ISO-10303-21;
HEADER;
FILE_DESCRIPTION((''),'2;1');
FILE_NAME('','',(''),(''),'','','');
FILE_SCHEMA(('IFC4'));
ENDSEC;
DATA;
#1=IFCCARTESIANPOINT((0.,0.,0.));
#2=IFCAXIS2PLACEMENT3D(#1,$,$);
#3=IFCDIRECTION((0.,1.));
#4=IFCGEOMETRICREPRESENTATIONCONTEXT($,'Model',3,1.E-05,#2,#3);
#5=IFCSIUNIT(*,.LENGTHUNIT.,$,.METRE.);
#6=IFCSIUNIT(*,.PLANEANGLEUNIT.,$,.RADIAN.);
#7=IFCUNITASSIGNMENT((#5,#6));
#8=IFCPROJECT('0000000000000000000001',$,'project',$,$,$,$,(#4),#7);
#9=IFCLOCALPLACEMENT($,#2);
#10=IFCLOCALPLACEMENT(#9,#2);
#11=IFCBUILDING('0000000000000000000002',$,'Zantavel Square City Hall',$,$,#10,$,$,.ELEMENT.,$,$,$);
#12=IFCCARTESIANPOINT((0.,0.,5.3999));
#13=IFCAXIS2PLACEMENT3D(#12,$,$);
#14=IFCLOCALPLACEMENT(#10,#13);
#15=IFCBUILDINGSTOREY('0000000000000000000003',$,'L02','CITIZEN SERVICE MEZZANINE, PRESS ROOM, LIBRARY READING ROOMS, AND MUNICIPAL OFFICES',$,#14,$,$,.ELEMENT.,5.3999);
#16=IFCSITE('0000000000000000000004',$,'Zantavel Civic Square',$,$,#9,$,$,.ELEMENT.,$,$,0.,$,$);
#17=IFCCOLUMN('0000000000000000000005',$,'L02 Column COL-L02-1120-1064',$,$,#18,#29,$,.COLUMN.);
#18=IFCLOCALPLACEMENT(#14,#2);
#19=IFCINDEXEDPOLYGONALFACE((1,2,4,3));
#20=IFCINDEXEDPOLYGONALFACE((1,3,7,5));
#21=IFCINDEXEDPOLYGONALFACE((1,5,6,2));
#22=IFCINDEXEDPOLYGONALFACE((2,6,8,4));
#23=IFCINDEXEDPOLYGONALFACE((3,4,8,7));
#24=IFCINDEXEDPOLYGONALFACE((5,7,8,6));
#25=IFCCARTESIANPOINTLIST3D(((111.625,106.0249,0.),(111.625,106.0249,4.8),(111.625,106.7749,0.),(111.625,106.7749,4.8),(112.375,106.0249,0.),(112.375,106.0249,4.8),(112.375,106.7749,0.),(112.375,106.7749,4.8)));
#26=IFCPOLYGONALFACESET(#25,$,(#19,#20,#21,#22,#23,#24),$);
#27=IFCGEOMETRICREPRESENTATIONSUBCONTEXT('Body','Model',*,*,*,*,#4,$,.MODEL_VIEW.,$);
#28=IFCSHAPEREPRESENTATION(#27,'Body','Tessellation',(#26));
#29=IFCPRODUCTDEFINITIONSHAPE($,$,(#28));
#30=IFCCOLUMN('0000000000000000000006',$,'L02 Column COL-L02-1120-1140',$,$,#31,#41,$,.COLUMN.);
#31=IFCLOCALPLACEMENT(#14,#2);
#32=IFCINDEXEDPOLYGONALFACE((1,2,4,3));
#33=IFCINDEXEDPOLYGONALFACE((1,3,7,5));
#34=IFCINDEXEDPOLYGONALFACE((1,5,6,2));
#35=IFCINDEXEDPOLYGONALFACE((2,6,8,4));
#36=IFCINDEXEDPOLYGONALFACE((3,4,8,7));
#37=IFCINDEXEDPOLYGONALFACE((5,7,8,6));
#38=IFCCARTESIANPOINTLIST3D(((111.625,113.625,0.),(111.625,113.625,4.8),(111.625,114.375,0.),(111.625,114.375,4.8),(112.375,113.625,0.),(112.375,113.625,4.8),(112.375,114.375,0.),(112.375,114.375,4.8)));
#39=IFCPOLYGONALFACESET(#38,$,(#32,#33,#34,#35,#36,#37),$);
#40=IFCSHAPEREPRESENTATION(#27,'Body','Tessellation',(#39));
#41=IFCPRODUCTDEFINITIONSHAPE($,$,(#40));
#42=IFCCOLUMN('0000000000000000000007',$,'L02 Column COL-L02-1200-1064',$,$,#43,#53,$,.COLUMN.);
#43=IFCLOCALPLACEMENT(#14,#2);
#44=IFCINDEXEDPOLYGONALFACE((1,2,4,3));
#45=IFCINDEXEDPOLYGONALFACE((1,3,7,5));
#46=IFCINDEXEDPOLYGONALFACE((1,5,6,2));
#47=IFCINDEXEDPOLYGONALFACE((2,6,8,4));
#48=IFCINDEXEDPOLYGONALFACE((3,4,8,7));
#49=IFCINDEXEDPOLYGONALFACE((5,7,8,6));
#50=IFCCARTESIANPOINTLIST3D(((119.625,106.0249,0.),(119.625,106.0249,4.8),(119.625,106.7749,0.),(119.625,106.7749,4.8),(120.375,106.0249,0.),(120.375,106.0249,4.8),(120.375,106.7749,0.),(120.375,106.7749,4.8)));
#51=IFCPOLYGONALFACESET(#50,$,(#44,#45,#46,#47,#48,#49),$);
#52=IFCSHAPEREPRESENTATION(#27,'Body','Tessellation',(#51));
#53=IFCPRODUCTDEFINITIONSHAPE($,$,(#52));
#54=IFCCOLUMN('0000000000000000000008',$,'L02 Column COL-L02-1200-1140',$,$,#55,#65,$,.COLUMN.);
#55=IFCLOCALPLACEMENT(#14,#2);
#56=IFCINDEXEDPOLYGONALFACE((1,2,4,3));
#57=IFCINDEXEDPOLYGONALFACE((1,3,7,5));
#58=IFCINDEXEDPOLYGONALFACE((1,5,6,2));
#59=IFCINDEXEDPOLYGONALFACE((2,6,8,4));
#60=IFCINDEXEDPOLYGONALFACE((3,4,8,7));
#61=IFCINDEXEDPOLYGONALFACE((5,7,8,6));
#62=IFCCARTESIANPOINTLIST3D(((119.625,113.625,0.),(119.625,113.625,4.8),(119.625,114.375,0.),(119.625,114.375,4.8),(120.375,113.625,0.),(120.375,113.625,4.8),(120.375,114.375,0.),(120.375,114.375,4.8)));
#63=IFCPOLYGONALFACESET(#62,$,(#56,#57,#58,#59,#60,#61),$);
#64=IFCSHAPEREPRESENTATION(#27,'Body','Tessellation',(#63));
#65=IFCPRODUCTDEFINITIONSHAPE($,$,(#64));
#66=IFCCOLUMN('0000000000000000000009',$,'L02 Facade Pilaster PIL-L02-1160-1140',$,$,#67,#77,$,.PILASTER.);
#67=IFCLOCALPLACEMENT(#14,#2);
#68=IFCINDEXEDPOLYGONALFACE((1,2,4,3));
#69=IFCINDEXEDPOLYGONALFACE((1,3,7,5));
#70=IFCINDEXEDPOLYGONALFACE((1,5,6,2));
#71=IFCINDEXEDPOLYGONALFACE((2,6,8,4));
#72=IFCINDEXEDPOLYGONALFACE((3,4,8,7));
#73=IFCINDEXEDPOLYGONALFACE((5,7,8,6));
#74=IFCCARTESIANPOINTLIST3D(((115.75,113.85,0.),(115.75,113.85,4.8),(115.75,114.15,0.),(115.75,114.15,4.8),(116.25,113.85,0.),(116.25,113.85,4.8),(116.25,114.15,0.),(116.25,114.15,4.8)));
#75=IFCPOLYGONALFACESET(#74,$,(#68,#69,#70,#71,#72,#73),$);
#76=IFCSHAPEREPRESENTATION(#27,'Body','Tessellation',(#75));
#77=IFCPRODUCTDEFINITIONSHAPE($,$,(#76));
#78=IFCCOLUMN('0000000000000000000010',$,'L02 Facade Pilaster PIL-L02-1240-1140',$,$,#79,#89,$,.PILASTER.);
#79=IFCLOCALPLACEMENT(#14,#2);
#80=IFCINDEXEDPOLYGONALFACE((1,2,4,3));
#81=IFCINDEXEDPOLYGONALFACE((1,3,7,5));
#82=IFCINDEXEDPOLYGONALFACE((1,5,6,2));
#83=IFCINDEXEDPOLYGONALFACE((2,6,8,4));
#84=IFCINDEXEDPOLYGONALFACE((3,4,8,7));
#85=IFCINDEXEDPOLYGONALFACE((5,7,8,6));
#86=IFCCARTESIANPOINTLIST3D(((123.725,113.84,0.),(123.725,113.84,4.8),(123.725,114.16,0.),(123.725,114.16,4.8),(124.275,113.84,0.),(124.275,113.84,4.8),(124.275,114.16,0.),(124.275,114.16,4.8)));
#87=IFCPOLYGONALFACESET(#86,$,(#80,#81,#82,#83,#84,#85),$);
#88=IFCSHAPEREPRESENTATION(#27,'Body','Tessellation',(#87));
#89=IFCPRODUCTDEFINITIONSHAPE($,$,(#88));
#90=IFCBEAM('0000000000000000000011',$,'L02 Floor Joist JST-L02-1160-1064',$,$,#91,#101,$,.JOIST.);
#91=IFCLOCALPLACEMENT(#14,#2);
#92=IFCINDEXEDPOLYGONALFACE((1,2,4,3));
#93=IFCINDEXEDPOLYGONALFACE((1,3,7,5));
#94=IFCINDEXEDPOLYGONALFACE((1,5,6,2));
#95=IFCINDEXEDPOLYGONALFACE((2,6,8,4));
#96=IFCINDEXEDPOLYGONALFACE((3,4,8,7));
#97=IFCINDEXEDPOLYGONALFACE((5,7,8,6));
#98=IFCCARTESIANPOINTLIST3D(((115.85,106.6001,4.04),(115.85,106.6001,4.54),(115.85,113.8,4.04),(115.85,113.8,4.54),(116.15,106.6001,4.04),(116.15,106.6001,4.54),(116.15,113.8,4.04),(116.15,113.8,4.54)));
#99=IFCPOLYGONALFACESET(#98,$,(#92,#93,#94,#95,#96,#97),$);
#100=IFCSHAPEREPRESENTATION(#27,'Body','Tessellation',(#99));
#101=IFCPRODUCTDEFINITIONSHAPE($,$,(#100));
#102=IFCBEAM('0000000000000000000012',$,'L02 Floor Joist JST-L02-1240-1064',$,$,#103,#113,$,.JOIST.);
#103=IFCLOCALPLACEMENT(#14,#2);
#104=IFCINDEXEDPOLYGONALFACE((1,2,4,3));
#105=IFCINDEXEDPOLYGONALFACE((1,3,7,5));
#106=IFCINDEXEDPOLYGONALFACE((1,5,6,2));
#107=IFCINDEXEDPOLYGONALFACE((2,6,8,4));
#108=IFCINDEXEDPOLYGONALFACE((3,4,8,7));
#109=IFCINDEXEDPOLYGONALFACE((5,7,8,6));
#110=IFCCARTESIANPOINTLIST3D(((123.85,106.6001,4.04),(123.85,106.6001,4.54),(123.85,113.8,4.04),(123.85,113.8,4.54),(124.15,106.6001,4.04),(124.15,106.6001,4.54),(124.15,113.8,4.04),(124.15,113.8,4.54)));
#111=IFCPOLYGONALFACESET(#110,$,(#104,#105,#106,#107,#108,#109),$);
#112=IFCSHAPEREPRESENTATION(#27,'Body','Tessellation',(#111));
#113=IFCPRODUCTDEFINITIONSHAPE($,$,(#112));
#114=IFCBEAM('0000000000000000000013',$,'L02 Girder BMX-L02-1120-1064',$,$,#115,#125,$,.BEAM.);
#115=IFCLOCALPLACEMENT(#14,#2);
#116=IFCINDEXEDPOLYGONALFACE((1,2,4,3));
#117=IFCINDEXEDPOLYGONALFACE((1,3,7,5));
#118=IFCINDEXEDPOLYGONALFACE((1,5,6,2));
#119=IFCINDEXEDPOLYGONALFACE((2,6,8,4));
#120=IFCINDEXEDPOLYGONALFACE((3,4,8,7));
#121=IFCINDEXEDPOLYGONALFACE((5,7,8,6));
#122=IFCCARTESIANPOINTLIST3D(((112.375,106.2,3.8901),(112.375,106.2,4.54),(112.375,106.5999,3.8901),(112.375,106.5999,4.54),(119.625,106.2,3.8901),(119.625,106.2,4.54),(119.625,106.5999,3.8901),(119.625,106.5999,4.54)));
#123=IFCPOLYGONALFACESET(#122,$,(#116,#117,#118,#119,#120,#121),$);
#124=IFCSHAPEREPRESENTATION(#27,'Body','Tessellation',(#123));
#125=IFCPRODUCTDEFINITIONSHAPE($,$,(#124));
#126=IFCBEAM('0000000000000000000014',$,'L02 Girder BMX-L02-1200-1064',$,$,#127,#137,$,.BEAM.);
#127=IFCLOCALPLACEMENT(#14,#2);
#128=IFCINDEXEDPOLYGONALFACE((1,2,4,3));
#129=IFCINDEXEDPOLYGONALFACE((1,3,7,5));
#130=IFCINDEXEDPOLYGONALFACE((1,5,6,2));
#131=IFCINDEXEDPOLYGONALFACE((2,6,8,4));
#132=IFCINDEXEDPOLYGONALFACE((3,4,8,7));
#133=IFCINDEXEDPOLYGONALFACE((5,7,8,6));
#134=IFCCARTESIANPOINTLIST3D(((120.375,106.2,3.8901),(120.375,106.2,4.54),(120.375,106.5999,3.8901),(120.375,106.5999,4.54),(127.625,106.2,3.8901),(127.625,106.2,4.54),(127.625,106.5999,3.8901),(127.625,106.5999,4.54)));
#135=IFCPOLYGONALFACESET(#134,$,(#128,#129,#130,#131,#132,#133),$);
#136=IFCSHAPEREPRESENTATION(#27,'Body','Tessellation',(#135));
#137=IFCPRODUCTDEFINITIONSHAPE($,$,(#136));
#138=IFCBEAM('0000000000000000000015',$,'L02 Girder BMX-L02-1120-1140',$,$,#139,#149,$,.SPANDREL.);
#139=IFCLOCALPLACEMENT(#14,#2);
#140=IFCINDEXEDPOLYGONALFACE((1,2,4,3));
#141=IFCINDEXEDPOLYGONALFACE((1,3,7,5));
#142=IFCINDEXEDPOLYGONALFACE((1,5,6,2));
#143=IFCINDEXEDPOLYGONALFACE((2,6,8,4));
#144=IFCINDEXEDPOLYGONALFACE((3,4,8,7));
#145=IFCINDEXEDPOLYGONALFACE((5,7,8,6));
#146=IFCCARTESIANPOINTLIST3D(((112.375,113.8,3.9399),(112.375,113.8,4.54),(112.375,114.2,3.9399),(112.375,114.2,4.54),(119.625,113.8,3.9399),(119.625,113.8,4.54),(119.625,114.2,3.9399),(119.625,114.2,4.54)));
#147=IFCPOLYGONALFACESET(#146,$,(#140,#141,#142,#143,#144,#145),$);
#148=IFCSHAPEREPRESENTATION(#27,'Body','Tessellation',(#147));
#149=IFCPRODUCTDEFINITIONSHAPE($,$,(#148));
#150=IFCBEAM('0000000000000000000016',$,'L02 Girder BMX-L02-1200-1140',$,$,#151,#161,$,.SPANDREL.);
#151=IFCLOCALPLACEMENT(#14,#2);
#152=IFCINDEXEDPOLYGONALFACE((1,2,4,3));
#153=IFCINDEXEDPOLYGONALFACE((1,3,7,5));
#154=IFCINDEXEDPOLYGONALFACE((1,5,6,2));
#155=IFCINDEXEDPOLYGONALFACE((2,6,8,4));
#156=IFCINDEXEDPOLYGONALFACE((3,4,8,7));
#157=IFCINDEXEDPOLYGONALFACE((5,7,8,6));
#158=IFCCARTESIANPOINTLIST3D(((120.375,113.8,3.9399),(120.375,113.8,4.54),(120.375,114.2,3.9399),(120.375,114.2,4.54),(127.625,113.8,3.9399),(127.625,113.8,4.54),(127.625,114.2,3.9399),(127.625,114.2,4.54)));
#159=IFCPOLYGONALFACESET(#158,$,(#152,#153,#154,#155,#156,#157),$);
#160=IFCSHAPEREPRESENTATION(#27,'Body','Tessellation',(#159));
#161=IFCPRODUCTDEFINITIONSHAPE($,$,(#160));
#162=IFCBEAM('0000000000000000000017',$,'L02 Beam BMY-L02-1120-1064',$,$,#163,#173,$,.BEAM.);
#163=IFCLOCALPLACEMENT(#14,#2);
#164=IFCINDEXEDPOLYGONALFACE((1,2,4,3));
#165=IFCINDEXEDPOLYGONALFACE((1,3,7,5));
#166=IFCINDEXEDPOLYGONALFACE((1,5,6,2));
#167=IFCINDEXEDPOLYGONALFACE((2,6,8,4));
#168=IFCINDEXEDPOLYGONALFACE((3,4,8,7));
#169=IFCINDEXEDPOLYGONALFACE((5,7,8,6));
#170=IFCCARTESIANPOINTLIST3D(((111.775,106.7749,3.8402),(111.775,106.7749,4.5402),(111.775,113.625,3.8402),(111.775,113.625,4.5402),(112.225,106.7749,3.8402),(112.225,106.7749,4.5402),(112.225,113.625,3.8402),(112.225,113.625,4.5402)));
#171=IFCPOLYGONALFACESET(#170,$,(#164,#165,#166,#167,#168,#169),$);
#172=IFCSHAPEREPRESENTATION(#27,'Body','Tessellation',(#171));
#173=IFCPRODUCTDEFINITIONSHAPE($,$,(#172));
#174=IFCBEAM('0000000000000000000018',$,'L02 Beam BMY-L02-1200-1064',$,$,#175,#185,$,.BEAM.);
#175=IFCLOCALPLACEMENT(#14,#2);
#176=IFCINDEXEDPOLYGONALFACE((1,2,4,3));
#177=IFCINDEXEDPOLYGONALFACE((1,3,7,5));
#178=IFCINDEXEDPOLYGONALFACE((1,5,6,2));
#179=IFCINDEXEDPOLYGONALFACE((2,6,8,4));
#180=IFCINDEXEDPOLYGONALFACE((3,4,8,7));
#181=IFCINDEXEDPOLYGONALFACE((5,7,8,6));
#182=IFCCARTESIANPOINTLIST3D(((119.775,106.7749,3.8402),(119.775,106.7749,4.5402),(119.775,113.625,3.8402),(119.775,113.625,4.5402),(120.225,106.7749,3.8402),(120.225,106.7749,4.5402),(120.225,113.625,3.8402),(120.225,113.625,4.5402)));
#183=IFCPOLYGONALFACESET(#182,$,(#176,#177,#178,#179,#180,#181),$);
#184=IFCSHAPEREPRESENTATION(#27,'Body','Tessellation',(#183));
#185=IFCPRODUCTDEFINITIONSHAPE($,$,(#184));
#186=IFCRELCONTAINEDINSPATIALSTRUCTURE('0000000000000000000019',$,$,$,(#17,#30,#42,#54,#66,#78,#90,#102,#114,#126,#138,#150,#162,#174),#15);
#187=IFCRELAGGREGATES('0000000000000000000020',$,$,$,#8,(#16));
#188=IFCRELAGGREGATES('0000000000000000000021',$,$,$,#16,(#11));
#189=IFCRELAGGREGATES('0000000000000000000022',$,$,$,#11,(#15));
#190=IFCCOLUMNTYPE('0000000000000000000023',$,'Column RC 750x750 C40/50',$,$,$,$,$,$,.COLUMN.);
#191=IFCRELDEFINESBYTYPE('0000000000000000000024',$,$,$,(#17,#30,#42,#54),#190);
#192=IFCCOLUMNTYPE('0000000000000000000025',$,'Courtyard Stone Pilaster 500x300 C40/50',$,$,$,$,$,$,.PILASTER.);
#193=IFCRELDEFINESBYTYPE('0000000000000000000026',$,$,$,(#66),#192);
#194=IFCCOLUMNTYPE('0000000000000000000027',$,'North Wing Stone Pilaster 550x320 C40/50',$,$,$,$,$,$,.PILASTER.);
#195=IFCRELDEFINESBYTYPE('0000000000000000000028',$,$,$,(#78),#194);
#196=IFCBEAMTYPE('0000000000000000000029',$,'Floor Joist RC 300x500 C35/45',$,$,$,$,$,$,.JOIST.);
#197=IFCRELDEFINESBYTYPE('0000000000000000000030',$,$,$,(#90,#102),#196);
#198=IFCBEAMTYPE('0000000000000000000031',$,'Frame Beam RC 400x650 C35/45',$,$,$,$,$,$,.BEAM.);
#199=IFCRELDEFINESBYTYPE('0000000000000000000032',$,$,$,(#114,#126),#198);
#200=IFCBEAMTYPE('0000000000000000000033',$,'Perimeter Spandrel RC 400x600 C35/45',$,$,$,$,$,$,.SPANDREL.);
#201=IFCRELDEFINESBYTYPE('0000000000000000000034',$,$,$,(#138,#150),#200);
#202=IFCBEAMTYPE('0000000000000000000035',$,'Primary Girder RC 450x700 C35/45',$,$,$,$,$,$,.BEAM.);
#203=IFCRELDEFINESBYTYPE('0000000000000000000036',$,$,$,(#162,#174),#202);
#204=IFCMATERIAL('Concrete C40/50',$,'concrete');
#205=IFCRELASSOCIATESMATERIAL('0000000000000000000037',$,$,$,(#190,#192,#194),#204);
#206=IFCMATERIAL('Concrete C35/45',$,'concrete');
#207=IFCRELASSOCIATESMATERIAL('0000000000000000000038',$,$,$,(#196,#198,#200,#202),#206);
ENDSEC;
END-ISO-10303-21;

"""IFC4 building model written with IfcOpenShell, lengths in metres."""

from ifc_helpers import new_model, si_unit, direction, frame, origin, origin_2d, place, context, subcontext, project, spatial, rectangle, extrude, material, material_profile, profile_set, type_object, element, save


model = new_model("IFC4")

# Units and contexts
model_context = context("Model", 3, precision=1e-05, world=origin(), true_north=direction((0.0, 1.0)))
body_context = subcontext(model_context, "Body", "Model", "MODEL_VIEW")
ifc_project = project(units=[si_unit("LENGTHUNIT", "METRE"), si_unit("PLANEANGLEUNIT", "RADIAN")], contexts=[model_context])

# Site, building, storey
site_placement = place(None, origin())
site = spatial("IfcSite", under=ifc_project, at=site_placement, Name="Zantavel Civic Square", CompositionType="ELEMENT", RefElevation=0.0)
building_placement = place(site_placement, origin())
building = spatial("IfcBuilding", under=site, at=building_placement, Name="Zantavel Square City Hall", CompositionType="ELEMENT")
storey_placement = place(building_placement, frame((0.0, 0.0, 5.3999)))
storey = spatial("IfcBuildingStorey", under=building, at=storey_placement, Name="L02", Description="CITIZEN SERVICE MEZZANINE, PRESS ROOM, LIBRARY READING ROOMS, AND MUNICIPAL OFFICES", CompositionType="ELEMENT", Elevation=5.3999)

# Columns
ifc_material_1 = material(Name="Concrete C40/50", Category="concrete")
ifc_material_profile_1 = material_profile(ifc_material_1, rectangle(XDim=0.75, YDim=0.75, at=origin_2d()), Name="RC 750x750")
ifc_profile_set_1 = profile_set([ifc_material_profile_1], Name="Concrete C40/50")
column_type_1 = type_object("IfcColumnType", Name="Column RC 750x750 C40/50", PredefinedType="COLUMN", material=ifc_profile_set_1)
for number, where, z_axis, x_axis, name in (
    (1, (112.0, 106.3999, 0.0), (0.0, 0.0, 1.0), (1.0, 0.0, 0.0), "L02 Column COL-L02-1120-1064"),
    (2, (112.0, 114.0, 0.0), (0.0, 0.0, 1.0), (1.0, 0.0, 0.0), "L02 Column COL-L02-1120-1140"),
    (3, (120.0, 106.3999, 0.0), (0.0, 0.0, 1.0), (1.0, 0.0, 0.0), "L02 Column COL-L02-1200-1064"),
    (4, (120.0, 114.0, 0.0), (0.0, 0.0, 1.0), (1.0, 0.0, 0.0), "L02 Column COL-L02-1200-1140"),
):
    element("IfcColumn", number, at=place(storey_placement, frame(where, z_axis=z_axis, x_axis=x_axis)), inside=storey, type_object=column_type_1, Name=name, PredefinedType="COLUMN", context=body_context, shape_type="SweptSolid", body=[
        extrude(rectangle(XDim=0.75, YDim=0.75, at=origin_2d()), origin(), (0.0, 0.0, 1.0), 4.8),
    ])
ifc_material_profile_2 = material_profile(ifc_material_1, rectangle(XDim=0.5, YDim=0.3, at=origin_2d()), Name="RC 500x300")
ifc_profile_set_2 = profile_set([ifc_material_profile_2], Name="Concrete C40/50")
column_type_2 = type_object("IfcColumnType", Name="Courtyard Stone Pilaster 500x300 C40/50", PredefinedType="PILASTER", material=ifc_profile_set_2)
column_1_placement = place(storey_placement, frame((116.0, 114.0, 0.0), z_axis=(0.0, 0.0, 1.0), x_axis=(1.0, 0.0, 0.0)))
element("IfcColumn", 5, at=column_1_placement, inside=storey, type_object=column_type_2, Name="L02 Facade Pilaster PIL-L02-1160-1140", PredefinedType="PILASTER", context=body_context, shape_type="SweptSolid", body=[
    extrude(rectangle(XDim=0.5, YDim=0.3, at=origin_2d()), origin(), (0.0, 0.0, 1.0), 4.8),
])
ifc_material_profile_3 = material_profile(ifc_material_1, rectangle(XDim=0.55, YDim=0.3201, at=origin_2d()), Name="RC 550x320")
ifc_profile_set_3 = profile_set([ifc_material_profile_3], Name="Concrete C40/50")
column_type_3 = type_object("IfcColumnType", Name="North Wing Stone Pilaster 550x320 C40/50", PredefinedType="PILASTER", material=ifc_profile_set_3)
column_2_placement = place(storey_placement, frame((124.0, 114.0, 0.0), z_axis=(0.0, 0.0, 1.0), x_axis=(1.0, 0.0, 0.0)))
element("IfcColumn", 6, at=column_2_placement, inside=storey, type_object=column_type_3, Name="L02 Facade Pilaster PIL-L02-1240-1140", PredefinedType="PILASTER", context=body_context, shape_type="SweptSolid", body=[
    extrude(rectangle(XDim=0.55, YDim=0.3201, at=origin_2d()), origin(), (0.0, 0.0, 1.0), 4.8),
])

# Beams
ifc_material_2 = material(Name="Concrete C35/45", Category="concrete")
ifc_material_profile_4 = material_profile(ifc_material_2, rectangle(XDim=0.3, YDim=0.5, at=origin_2d()), Name="RC 300x500")
ifc_profile_set_4 = profile_set([ifc_material_profile_4], Name="Concrete C35/45")
beam_type_1 = type_object("IfcBeamType", Name="Floor Joist RC 300x500 C35/45", PredefinedType="JOIST", material=ifc_profile_set_4)
for number, where, z_axis, x_axis, name in (
    (7, (116.0, 106.6001, 4.29), (0.0, 1.0, 0.0), (-1.0, 0.0, 0.0), "L02 Floor Joist JST-L02-1160-1064"),
    (8, (124.0, 106.6001, 4.29), (0.0, 1.0, 0.0), (-1.0, 0.0, 0.0), "L02 Floor Joist JST-L02-1240-1064"),
):
    element("IfcBeam", number, at=place(storey_placement, frame(where, z_axis=z_axis, x_axis=x_axis)), inside=storey, type_object=beam_type_1, Name=name, PredefinedType="JOIST", context=body_context, shape_type="SweptSolid", body=[
        extrude(rectangle(XDim=0.3, YDim=0.5, at=origin_2d()), origin(), (0.0, 0.0, 1.0), 7.2),
    ])
ifc_material_profile_5 = material_profile(ifc_material_2, rectangle(XDim=0.3999, YDim=0.6499, at=origin_2d()), Name="RC 400x650")
ifc_profile_set_5 = profile_set([ifc_material_profile_5], Name="Concrete C35/45")
beam_type_2 = type_object("IfcBeamType", Name="Frame Beam RC 400x650 C35/45", PredefinedType="BEAM", material=ifc_profile_set_5)
for number, where, z_axis, x_axis, name in (
    (9, (112.375, 106.3999, 4.2151), (1.0, 0.0, 0.0), (0.0, 1.0, 0.0), "L02 Girder BMX-L02-1120-1064"),
    (10, (120.375, 106.3999, 4.2151), (1.0, 0.0, 0.0), (0.0, 1.0, 0.0), "L02 Girder BMX-L02-1200-1064"),
):
    element("IfcBeam", number, at=place(storey_placement, frame(where, z_axis=z_axis, x_axis=x_axis)), inside=storey, type_object=beam_type_2, Name=name, PredefinedType="BEAM", context=body_context, shape_type="SweptSolid", body=[
        extrude(rectangle(XDim=0.3999, YDim=0.6499, at=origin_2d()), origin(), (0.0, 0.0, 1.0), 7.25),
    ])
ifc_material_profile_6 = material_profile(ifc_material_2, rectangle(XDim=0.3999, YDim=0.6001, at=origin_2d()), Name="RC 400x600")
ifc_profile_set_6 = profile_set([ifc_material_profile_6], Name="Concrete C35/45")
beam_type_3 = type_object("IfcBeamType", Name="Perimeter Spandrel RC 400x600 C35/45", PredefinedType="SPANDREL", material=ifc_profile_set_6)
for number, where, z_axis, x_axis, name in (
    (11, (112.375, 114.0, 4.24), (1.0, 0.0, 0.0), (0.0, 1.0, 0.0), "L02 Girder BMX-L02-1120-1140"),
    (12, (120.375, 114.0, 4.24), (1.0, 0.0, 0.0), (0.0, 1.0, 0.0), "L02 Girder BMX-L02-1200-1140"),
):
    element("IfcBeam", number, at=place(storey_placement, frame(where, z_axis=z_axis, x_axis=x_axis)), inside=storey, type_object=beam_type_3, Name=name, PredefinedType="SPANDREL", context=body_context, shape_type="SweptSolid", body=[
        extrude(rectangle(XDim=0.3999, YDim=0.6001, at=origin_2d()), origin(), (0.0, 0.0, 1.0), 7.25),
    ])
ifc_material_profile_7 = material_profile(ifc_material_2, rectangle(XDim=0.45, YDim=0.7, at=origin_2d()), Name="RC 450x700")
ifc_profile_set_7 = profile_set([ifc_material_profile_7], Name="Concrete C35/45")
beam_type_4 = type_object("IfcBeamType", Name="Primary Girder RC 450x700 C35/45", PredefinedType="BEAM", material=ifc_profile_set_7)
for number, where, z_axis, x_axis, name in (
    (13, (112.0, 106.7749, 4.1902), (0.0, 1.0, 0.0), (-1.0, 0.0, 0.0), "L02 Beam BMY-L02-1120-1064"),
    (14, (120.0, 106.7749, 4.1902), (0.0, 1.0, 0.0), (-1.0, 0.0, 0.0), "L02 Beam BMY-L02-1200-1064"),
):
    element("IfcBeam", number, at=place(storey_placement, frame(where, z_axis=z_axis, x_axis=x_axis)), inside=storey, type_object=beam_type_4, Name=name, PredefinedType="BEAM", context=body_context, shape_type="SweptSolid", body=[
        extrude(rectangle(XDim=0.45, YDim=0.7, at=origin_2d()), origin(), (0.0, 0.0, 1.0), 6.8501),
    ])

save(model, "model.ifc")
